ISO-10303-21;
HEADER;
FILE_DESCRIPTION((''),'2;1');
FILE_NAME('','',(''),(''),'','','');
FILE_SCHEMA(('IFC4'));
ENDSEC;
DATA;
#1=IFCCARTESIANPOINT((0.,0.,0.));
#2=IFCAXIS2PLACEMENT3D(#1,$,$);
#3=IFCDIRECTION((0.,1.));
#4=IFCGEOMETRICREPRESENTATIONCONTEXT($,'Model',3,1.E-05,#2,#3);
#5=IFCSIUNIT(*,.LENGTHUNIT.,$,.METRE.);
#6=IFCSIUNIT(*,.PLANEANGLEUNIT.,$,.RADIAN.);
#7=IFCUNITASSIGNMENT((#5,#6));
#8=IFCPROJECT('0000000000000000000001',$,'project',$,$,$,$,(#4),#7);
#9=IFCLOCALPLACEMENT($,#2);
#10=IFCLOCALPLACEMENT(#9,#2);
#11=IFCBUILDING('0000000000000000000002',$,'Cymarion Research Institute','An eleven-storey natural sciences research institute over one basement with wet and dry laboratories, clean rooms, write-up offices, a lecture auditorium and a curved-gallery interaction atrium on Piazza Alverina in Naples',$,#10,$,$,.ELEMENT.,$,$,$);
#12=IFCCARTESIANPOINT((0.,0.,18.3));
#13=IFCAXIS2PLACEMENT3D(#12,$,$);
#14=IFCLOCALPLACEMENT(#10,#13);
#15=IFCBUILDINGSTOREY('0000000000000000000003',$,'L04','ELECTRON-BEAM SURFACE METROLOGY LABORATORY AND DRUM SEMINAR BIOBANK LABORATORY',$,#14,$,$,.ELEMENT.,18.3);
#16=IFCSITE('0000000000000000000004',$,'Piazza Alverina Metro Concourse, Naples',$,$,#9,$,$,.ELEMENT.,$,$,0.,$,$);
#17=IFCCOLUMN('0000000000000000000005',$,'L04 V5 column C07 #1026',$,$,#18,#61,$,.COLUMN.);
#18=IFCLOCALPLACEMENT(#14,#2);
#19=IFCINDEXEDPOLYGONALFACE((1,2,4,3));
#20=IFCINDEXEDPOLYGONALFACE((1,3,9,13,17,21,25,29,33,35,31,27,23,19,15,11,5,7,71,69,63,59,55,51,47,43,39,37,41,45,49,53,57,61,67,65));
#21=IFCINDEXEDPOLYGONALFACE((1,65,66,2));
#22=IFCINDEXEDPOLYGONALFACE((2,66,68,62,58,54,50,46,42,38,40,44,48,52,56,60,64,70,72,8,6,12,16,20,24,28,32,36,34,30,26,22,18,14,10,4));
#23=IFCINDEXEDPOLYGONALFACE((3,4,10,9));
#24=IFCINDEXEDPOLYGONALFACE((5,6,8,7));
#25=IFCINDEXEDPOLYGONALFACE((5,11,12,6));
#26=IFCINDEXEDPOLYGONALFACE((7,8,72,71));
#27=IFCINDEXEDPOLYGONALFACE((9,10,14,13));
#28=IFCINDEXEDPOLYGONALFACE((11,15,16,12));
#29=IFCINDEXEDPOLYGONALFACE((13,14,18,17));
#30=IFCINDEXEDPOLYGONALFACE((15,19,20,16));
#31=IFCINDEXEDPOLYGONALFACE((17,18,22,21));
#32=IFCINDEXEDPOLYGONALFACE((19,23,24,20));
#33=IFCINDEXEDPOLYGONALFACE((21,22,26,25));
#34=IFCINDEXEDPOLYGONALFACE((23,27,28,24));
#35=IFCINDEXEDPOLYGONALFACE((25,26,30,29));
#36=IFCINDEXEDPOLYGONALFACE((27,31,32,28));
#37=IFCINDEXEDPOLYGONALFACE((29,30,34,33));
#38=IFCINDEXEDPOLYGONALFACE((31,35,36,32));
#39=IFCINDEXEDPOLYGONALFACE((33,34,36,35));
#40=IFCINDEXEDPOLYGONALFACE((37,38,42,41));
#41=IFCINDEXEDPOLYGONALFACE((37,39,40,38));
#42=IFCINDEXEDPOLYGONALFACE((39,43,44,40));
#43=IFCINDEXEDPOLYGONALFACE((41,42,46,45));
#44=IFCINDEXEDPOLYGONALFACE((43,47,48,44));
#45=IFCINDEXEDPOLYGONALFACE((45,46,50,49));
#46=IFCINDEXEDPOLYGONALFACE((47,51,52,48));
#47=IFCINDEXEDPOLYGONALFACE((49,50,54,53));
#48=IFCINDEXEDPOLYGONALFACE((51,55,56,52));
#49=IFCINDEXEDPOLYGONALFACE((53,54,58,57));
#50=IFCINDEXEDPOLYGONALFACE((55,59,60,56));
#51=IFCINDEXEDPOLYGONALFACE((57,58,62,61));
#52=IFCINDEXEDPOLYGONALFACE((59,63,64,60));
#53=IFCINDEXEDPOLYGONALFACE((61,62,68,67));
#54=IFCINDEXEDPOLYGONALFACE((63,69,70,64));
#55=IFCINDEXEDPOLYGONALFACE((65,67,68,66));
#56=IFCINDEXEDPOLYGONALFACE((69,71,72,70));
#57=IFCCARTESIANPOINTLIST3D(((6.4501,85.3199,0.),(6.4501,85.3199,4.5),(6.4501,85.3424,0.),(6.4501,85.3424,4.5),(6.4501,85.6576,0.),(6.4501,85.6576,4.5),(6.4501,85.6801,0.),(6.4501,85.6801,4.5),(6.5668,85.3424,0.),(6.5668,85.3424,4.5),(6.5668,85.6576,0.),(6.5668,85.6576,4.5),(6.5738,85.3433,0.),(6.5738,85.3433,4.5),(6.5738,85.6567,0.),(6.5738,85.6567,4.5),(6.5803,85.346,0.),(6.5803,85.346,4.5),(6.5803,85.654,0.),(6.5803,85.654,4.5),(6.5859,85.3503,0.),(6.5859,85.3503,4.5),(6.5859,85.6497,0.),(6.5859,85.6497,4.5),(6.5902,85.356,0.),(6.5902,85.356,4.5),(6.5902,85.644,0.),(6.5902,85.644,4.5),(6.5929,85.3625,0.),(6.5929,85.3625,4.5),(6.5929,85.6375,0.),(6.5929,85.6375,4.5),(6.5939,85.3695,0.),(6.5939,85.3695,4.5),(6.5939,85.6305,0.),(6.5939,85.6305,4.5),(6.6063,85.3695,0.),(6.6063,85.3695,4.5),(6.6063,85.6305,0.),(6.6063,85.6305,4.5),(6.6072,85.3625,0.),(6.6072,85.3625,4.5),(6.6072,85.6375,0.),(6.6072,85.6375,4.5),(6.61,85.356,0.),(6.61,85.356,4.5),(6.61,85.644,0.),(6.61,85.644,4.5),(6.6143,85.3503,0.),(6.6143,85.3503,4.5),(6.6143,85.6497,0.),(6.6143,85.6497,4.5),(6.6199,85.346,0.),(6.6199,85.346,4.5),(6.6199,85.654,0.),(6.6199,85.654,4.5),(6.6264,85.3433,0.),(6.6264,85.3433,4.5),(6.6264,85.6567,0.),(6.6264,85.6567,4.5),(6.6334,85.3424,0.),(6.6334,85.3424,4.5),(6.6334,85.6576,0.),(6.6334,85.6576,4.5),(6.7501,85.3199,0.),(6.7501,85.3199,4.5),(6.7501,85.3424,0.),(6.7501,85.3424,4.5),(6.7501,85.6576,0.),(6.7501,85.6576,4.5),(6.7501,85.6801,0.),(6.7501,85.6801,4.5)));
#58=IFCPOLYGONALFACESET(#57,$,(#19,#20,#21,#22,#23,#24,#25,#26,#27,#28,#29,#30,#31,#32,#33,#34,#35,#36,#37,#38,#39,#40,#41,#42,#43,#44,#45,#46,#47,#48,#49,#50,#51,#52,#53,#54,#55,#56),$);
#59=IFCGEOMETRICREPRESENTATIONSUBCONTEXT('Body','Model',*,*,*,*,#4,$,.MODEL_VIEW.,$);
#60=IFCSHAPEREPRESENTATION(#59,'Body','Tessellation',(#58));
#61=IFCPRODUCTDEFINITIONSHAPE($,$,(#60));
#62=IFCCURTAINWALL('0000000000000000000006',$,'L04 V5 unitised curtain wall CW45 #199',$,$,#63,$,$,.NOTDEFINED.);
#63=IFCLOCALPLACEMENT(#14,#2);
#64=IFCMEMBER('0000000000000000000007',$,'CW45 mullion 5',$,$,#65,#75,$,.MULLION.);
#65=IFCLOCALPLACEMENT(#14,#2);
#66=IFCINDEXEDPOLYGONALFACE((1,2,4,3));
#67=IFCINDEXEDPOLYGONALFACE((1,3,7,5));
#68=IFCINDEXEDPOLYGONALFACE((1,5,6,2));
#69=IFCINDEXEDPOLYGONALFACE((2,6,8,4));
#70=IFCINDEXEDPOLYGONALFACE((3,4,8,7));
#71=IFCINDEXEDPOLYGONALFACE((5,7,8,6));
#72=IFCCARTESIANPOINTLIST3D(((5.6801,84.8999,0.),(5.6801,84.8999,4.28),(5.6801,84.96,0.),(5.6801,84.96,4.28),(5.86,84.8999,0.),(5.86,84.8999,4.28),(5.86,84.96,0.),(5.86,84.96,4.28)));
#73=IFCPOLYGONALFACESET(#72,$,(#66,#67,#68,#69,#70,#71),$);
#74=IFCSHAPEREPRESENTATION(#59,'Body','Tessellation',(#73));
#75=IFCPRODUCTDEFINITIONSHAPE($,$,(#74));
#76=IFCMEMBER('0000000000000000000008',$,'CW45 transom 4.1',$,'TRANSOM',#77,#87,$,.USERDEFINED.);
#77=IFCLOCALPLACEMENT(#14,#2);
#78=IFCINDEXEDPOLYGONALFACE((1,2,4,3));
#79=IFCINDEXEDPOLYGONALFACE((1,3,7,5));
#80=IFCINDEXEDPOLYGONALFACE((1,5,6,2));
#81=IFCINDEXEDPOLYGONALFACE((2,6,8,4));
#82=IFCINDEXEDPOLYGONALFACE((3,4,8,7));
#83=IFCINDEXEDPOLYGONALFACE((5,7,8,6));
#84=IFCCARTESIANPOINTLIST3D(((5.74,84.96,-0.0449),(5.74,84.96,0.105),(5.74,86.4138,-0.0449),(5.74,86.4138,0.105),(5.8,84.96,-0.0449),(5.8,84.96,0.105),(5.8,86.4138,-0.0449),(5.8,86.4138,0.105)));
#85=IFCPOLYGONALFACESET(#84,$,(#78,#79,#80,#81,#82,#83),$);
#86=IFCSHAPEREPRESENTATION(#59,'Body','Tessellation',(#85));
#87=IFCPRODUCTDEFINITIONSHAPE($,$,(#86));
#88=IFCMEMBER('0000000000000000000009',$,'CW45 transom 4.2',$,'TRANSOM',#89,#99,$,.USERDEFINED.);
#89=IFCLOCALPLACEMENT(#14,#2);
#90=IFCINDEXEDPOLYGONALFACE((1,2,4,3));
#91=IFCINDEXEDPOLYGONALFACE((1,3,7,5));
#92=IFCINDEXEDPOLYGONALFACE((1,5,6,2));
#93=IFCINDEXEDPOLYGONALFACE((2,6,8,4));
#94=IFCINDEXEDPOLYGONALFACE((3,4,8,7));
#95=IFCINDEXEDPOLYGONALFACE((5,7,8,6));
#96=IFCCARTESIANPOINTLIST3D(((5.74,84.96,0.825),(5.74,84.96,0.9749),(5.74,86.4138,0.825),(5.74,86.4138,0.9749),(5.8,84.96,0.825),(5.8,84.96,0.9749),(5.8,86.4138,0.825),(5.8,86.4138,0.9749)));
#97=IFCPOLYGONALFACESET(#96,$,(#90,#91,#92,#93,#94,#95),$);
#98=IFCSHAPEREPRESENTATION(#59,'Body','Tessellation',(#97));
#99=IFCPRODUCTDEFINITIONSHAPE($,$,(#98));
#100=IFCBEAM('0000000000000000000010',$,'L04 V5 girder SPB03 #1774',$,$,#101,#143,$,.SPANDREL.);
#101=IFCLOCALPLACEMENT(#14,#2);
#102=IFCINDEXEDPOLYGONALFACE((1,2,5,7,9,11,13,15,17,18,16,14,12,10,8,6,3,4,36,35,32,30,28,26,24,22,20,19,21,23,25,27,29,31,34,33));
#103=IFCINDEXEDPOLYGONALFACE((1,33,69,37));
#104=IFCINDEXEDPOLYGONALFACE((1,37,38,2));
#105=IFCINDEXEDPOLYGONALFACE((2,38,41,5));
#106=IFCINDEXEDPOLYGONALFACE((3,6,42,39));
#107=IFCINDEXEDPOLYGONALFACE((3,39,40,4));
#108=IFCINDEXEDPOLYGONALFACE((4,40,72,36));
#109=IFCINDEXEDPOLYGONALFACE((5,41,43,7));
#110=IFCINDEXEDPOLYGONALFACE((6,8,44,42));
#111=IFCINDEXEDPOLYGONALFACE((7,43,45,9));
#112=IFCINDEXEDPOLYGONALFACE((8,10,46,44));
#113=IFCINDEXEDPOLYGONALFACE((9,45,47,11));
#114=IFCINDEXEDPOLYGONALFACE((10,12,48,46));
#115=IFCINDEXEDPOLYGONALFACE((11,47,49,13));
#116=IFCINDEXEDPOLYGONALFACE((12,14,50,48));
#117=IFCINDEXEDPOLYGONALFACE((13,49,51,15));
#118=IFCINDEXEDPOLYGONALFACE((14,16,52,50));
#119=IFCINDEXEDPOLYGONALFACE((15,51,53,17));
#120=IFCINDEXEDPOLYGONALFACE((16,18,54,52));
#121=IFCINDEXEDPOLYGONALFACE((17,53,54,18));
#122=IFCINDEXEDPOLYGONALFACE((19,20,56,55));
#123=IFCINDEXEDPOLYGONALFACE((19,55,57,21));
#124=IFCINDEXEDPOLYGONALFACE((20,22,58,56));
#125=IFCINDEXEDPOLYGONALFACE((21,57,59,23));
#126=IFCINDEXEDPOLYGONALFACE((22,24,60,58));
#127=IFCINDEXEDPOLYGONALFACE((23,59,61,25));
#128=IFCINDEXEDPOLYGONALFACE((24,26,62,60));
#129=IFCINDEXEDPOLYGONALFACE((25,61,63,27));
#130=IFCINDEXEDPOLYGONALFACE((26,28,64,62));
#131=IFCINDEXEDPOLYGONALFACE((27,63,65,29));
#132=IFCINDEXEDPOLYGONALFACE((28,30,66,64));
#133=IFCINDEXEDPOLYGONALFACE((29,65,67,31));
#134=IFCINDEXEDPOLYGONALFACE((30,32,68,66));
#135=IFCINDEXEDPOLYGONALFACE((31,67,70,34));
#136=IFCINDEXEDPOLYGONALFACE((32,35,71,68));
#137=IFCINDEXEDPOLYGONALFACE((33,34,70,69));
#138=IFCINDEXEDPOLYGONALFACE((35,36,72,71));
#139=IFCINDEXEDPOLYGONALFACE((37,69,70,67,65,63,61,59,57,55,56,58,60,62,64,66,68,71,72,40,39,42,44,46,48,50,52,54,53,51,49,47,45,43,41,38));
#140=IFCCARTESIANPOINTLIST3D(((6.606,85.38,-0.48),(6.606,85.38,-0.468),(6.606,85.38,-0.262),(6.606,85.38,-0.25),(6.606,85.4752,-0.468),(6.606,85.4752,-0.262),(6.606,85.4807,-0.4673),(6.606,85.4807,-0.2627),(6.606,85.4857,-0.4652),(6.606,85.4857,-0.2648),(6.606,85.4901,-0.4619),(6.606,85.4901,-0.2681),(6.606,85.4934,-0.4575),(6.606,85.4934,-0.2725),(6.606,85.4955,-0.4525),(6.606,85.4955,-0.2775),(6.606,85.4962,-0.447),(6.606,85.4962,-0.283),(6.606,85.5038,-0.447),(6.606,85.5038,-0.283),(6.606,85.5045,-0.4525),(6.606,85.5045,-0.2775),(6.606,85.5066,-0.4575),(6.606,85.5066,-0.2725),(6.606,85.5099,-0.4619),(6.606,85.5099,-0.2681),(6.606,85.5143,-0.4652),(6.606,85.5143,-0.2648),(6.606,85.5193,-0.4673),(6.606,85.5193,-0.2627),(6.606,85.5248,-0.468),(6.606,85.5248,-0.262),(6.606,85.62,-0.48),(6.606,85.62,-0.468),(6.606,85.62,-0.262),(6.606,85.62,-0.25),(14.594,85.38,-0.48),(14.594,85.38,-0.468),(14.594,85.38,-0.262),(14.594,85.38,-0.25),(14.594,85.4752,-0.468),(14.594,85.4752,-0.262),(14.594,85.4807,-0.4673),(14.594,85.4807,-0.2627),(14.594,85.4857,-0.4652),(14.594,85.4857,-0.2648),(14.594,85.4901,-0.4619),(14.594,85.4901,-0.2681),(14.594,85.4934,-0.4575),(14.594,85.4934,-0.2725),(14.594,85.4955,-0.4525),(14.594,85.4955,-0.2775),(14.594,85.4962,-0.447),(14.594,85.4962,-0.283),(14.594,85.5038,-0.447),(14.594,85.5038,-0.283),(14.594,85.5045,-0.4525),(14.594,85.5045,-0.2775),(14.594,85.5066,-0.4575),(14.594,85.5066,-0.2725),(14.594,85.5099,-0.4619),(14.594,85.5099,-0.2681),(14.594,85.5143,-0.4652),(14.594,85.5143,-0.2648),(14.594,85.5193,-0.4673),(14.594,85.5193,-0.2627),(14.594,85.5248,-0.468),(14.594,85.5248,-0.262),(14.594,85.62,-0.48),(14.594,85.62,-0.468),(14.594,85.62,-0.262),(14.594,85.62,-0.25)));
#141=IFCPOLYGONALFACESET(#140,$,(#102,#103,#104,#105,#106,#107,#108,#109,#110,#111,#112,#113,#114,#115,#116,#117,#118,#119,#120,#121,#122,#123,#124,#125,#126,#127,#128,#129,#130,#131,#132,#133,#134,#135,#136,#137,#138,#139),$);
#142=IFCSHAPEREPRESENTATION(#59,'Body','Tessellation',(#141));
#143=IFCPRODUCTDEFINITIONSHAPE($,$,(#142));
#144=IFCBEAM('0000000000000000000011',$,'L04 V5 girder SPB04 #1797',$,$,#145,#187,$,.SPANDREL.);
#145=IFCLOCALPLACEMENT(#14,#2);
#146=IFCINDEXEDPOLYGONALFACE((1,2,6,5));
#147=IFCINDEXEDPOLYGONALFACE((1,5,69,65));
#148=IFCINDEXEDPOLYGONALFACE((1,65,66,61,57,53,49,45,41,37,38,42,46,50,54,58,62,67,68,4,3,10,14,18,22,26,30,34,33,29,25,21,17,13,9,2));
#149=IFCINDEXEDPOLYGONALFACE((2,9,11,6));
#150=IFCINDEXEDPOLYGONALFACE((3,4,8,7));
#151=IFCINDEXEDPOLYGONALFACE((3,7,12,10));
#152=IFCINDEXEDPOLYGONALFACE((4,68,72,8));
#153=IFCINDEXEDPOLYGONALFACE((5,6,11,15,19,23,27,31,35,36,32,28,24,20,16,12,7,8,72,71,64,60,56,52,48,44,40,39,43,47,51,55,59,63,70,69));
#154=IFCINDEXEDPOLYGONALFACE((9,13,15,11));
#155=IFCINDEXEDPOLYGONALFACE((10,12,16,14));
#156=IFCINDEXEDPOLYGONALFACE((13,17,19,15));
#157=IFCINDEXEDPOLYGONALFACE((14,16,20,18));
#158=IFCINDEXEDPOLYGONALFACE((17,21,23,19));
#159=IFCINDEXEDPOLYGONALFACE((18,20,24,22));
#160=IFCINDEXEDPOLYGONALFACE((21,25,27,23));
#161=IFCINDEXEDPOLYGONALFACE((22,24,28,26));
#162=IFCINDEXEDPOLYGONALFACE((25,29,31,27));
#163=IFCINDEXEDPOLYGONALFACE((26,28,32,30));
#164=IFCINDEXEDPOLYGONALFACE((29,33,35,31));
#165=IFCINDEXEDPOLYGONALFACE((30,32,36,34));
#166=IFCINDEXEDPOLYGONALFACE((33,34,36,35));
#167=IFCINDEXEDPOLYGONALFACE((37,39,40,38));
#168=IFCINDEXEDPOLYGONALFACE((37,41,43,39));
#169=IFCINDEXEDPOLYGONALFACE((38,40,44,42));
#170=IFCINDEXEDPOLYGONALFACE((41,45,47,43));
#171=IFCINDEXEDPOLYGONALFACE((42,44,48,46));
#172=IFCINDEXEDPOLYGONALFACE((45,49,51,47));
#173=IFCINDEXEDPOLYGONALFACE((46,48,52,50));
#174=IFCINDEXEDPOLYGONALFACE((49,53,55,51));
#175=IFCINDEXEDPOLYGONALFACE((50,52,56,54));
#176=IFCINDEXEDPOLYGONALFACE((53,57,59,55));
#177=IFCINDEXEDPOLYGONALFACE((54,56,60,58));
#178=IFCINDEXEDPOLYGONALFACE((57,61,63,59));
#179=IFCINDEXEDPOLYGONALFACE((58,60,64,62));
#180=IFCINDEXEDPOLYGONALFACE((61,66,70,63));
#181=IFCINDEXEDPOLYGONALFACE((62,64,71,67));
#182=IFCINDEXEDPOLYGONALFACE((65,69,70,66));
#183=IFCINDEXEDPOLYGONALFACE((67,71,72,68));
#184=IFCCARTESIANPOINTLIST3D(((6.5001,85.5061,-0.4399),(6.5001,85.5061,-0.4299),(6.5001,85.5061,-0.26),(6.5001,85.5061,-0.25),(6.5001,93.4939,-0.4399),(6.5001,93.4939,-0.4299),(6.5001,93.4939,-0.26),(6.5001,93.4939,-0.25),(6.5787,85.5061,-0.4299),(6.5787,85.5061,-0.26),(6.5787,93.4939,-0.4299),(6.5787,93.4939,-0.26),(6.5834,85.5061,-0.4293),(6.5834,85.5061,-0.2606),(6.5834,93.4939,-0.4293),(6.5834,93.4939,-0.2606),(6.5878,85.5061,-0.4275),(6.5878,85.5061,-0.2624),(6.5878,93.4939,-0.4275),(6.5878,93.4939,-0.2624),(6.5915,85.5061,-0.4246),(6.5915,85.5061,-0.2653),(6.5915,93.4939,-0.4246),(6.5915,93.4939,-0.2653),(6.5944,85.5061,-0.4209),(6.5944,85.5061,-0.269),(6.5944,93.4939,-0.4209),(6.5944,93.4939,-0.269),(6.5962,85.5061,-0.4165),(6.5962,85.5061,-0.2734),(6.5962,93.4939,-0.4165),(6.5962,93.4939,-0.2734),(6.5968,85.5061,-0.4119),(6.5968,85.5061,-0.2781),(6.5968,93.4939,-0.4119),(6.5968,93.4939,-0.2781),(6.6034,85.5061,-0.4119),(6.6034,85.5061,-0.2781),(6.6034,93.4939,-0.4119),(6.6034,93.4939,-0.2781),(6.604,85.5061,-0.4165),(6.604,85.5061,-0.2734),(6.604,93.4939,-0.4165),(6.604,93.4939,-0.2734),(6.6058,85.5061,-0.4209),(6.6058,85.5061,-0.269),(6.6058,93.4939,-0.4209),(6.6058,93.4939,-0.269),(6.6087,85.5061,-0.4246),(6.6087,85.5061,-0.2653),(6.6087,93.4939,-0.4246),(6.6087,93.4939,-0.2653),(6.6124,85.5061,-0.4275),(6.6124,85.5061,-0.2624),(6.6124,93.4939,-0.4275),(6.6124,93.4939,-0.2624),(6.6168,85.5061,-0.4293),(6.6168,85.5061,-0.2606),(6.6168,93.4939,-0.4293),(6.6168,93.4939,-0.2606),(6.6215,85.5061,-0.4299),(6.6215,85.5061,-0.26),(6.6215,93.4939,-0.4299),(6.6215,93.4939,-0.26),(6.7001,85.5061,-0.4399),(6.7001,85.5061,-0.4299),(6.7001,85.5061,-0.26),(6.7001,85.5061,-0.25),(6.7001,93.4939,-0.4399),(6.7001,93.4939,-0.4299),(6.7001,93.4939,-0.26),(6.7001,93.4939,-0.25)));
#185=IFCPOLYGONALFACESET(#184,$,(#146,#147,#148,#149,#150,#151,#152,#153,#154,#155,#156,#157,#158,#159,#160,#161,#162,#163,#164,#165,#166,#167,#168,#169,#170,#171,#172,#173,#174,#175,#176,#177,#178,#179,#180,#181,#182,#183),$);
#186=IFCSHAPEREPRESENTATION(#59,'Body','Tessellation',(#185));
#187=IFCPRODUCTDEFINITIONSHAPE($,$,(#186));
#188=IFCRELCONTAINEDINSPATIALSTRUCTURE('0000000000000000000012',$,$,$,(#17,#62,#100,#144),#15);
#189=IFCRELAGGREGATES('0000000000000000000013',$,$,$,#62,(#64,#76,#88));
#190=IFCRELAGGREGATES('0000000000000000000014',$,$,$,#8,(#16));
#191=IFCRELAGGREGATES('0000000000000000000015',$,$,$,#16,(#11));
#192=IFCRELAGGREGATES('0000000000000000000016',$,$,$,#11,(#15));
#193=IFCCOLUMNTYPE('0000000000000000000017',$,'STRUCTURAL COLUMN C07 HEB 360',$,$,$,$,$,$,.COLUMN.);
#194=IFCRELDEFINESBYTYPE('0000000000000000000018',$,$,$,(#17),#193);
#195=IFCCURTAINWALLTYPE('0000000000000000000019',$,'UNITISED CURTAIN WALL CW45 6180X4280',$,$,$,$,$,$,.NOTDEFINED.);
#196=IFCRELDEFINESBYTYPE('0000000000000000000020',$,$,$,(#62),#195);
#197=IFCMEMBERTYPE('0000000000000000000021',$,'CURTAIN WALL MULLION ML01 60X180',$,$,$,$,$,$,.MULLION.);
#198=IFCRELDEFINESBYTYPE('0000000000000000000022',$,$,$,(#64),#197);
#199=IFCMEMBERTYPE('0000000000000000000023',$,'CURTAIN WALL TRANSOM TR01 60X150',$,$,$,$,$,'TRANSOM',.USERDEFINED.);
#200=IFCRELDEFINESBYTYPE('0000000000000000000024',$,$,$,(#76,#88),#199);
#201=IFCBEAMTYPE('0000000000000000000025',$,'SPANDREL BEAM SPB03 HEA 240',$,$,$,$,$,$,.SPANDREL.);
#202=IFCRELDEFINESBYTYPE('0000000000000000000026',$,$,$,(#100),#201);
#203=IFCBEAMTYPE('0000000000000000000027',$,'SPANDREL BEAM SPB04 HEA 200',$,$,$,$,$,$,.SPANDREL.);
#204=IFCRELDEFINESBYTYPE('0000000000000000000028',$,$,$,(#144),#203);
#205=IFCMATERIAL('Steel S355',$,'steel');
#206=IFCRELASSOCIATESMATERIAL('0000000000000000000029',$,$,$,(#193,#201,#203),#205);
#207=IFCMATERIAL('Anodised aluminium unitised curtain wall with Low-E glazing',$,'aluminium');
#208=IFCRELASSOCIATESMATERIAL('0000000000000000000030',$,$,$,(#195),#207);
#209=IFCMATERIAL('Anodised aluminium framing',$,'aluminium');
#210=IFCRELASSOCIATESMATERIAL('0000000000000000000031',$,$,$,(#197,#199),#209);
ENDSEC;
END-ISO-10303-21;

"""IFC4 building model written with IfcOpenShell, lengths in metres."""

from ifc_helpers import new_model, si_unit, direction, frame, origin, origin_2d, place, context, subcontext, project, spatial, rectangle, i_section, extrude, material, material_profile, profile_set, type_object, element, aggregate, save


model = new_model("IFC4")

# Units and contexts
model_context = context("Model", 3, precision=1e-05, world=origin(), true_north=direction((0.0, 1.0)))
body_context = subcontext(model_context, "Body", "Model", "MODEL_VIEW")
ifc_project = project(units=[si_unit("LENGTHUNIT", "METRE"), si_unit("PLANEANGLEUNIT", "RADIAN")], contexts=[model_context])

# Site, building, storey
site_placement = place(None, origin())
site = spatial("IfcSite", under=ifc_project, at=site_placement, Name="Piazza Alverina Metro Concourse, Naples", CompositionType="ELEMENT", RefElevation=0.0)
building_placement = place(site_placement, origin())
building = spatial("IfcBuilding", under=site, at=building_placement, Name="Cymarion Research Institute", Description="An eleven-storey natural sciences research institute over one basement with wet and dry laboratories, clean rooms, write-up offices, a lecture auditorium and a curved-gallery interaction atrium on Piazza Alverina in Naples", CompositionType="ELEMENT")
storey_placement = place(building_placement, frame((0.0, 0.0, 18.3)))
storey = spatial("IfcBuildingStorey", under=building, at=storey_placement, Name="L04", Description="ELECTRON-BEAM SURFACE METROLOGY LABORATORY AND DRUM SEMINAR BIOBANK LABORATORY", CompositionType="ELEMENT", Elevation=18.3)

# Column
ifc_material_1 = material(Name="Steel S355", Category="steel")
ifc_material_profile_1 = material_profile(ifc_material_1, i_section(OverallWidth=0.3, OverallDepth=0.3601, WebThickness=0.0125, FlangeThickness=0.0225, FilletRadius=0.0271, at=origin_2d()), Name="HEB 360")
ifc_profile_set_1 = profile_set([ifc_material_profile_1], Name="Steel S355")
column_type = type_object("IfcColumnType", Name="STRUCTURAL COLUMN C07 HEB 360", PredefinedType="COLUMN", material=ifc_profile_set_1)
column_placement = place(storey_placement, frame((6.6001, 85.5, 0.0), z_axis=(0.0, 0.0, 1.0), x_axis=(1.0, 0.0, 0.0)))
element("IfcColumn", 1, at=column_placement, inside=storey, type_object=column_type, Name="L04 V5 column C07 #1026", PredefinedType="COLUMN", context=body_context, shape_type="SweptSolid", body=[
    extrude(i_section(OverallWidth=0.3, OverallDepth=0.3601, WebThickness=0.0125, FlangeThickness=0.0225, FilletRadius=0.0271, at=origin_2d()), origin(), (0.0, 0.0, 1.0), 4.5),
])

# Curtain wall, members
ifc_material_2 = material(Name="Anodised aluminium unitised curtain wall with Low-E glazing", Category="aluminium")
curtain_wall_type = type_object("IfcCurtainWallType", Name="UNITISED CURTAIN WALL CW45 6180X4280", PredefinedType="NOTDEFINED", material=ifc_material_2)
curtain_wall_placement = place(storey_placement, origin())
curtain_wall = element("IfcCurtainWall", 2, at=curtain_wall_placement, inside=storey, type_object=curtain_wall_type, Name="L04 V5 unitised curtain wall CW45 #199", PredefinedType="NOTDEFINED")
ifc_material_3 = material(Name="Anodised aluminium framing", Category="aluminium")
ifc_material_profile_2 = material_profile(ifc_material_3, rectangle(XDim=0.0601, YDim=0.1799, at=origin_2d()), Name="ALU MULLION 60x180")
ifc_profile_set_2 = profile_set([ifc_material_profile_2], Name="Anodised aluminium framing")
member_type_1 = type_object("IfcMemberType", Name="CURTAIN WALL MULLION ML01 60X180", PredefinedType="MULLION", material=ifc_profile_set_2)
member_1_placement = place(storey_placement, frame((5.77, 84.9299, 0.0), z_axis=(0.0, 0.0, 1.0), x_axis=(0.0, -1.0, 0.0)))
member_1 = element("IfcMember", 3, at=member_1_placement, type_object=member_type_1, Name="CW45 mullion 5", PredefinedType="MULLION", context=body_context, shape_type="SweptSolid", body=[
    extrude(rectangle(XDim=0.0601, YDim=0.1799, at=origin_2d()), origin(), (0.0, 0.0, 1.0), 4.28),
])
ifc_material_profile_3 = material_profile(ifc_material_3, rectangle(XDim=0.0601, YDim=0.1499, at=origin_2d()), Name="ALU TRANSOM 60x150")
ifc_profile_set_3 = profile_set([ifc_material_profile_3], Name="Anodised aluminium framing")
member_type_2 = type_object("IfcMemberType", Name="CURTAIN WALL TRANSOM TR01 60X150", ElementType="TRANSOM", PredefinedType="USERDEFINED", material=ifc_profile_set_3)
member_2_placement = place(storey_placement, frame((5.77, 86.4138, 0.03), z_axis=(0.0, -1.0, 0.0), x_axis=(1.0, 0.0, 0.0)))
member_2 = element("IfcMember", 4, at=member_2_placement, type_object=member_type_2, Name="CW45 transom 4.1", ObjectType="TRANSOM", PredefinedType="USERDEFINED", context=body_context, shape_type="SweptSolid", body=[
    extrude(rectangle(XDim=0.0601, YDim=0.1499, at=origin_2d()), origin(), (0.0, 0.0, 1.0), 1.4539),
])
member_3_placement = place(storey_placement, frame((5.77, 86.4138, 0.8999), z_axis=(0.0, -1.0, 0.0), x_axis=(1.0, 0.0, 0.0)))
member_3 = element("IfcMember", 5, at=member_3_placement, type_object=member_type_2, Name="CW45 transom 4.2", ObjectType="TRANSOM", PredefinedType="USERDEFINED", context=body_context, shape_type="SweptSolid", body=[
    extrude(rectangle(XDim=0.0601, YDim=0.1499, at=origin_2d()), origin(), (0.0, 0.0, 1.0), 1.4539),
])

# Beams
ifc_material_profile_4 = material_profile(ifc_material_1, i_section(OverallWidth=0.24, OverallDepth=0.23, WebThickness=0.0076, FlangeThickness=0.012, FilletRadius=0.021, at=origin_2d()), Name="HEA 240")
ifc_profile_set_4 = profile_set([ifc_material_profile_4], Name="Steel S355")
beam_type_1 = type_object("IfcBeamType", Name="SPANDREL BEAM SPB03 HEA 240", PredefinedType="SPANDREL", material=ifc_profile_set_4)
beam_1_placement = place(storey_placement, frame((6.606, 85.5, -0.365), z_axis=(1.0, 0.0, 0.0), x_axis=(0.0, 1.0, 0.0)))
element("IfcBeam", 6, at=beam_1_placement, inside=storey, type_object=beam_type_1, Name="L04 V5 girder SPB03 #1774", PredefinedType="SPANDREL", context=body_context, shape_type="SweptSolid", body=[
    extrude(i_section(OverallWidth=0.24, OverallDepth=0.23, WebThickness=0.0076, FlangeThickness=0.012, FilletRadius=0.021, at=origin_2d()), origin(), (0.0, 0.0, 1.0), 7.988),
])
ifc_material_profile_5 = material_profile(ifc_material_1, i_section(OverallWidth=0.2, OverallDepth=0.1899, WebThickness=0.0066, FlangeThickness=0.01, FilletRadius=0.0181, at=origin_2d()), Name="HEA 200")
ifc_profile_set_5 = profile_set([ifc_material_profile_5], Name="Steel S355")
beam_type_2 = type_object("IfcBeamType", Name="SPANDREL BEAM SPB04 HEA 200", PredefinedType="SPANDREL", material=ifc_profile_set_5)
beam_2_placement = place(storey_placement, frame((6.6001, 85.5061, -0.345), z_axis=(0.0, 1.0, 0.0), x_axis=(-1.0, 0.0, 0.0)))
element("IfcBeam", 7, at=beam_2_placement, inside=storey, type_object=beam_type_2, Name="L04 V5 girder SPB04 #1797", PredefinedType="SPANDREL", context=body_context, shape_type="SweptSolid", body=[
    extrude(i_section(OverallWidth=0.2, OverallDepth=0.1899, WebThickness=0.0066, FlangeThickness=0.01, FilletRadius=0.0181, at=origin_2d()), origin(), (0.0, 0.0, 1.0), 7.9878),
])

aggregate(curtain_wall, [member_1, member_2, member_3])

save(model, "model.ifc")
